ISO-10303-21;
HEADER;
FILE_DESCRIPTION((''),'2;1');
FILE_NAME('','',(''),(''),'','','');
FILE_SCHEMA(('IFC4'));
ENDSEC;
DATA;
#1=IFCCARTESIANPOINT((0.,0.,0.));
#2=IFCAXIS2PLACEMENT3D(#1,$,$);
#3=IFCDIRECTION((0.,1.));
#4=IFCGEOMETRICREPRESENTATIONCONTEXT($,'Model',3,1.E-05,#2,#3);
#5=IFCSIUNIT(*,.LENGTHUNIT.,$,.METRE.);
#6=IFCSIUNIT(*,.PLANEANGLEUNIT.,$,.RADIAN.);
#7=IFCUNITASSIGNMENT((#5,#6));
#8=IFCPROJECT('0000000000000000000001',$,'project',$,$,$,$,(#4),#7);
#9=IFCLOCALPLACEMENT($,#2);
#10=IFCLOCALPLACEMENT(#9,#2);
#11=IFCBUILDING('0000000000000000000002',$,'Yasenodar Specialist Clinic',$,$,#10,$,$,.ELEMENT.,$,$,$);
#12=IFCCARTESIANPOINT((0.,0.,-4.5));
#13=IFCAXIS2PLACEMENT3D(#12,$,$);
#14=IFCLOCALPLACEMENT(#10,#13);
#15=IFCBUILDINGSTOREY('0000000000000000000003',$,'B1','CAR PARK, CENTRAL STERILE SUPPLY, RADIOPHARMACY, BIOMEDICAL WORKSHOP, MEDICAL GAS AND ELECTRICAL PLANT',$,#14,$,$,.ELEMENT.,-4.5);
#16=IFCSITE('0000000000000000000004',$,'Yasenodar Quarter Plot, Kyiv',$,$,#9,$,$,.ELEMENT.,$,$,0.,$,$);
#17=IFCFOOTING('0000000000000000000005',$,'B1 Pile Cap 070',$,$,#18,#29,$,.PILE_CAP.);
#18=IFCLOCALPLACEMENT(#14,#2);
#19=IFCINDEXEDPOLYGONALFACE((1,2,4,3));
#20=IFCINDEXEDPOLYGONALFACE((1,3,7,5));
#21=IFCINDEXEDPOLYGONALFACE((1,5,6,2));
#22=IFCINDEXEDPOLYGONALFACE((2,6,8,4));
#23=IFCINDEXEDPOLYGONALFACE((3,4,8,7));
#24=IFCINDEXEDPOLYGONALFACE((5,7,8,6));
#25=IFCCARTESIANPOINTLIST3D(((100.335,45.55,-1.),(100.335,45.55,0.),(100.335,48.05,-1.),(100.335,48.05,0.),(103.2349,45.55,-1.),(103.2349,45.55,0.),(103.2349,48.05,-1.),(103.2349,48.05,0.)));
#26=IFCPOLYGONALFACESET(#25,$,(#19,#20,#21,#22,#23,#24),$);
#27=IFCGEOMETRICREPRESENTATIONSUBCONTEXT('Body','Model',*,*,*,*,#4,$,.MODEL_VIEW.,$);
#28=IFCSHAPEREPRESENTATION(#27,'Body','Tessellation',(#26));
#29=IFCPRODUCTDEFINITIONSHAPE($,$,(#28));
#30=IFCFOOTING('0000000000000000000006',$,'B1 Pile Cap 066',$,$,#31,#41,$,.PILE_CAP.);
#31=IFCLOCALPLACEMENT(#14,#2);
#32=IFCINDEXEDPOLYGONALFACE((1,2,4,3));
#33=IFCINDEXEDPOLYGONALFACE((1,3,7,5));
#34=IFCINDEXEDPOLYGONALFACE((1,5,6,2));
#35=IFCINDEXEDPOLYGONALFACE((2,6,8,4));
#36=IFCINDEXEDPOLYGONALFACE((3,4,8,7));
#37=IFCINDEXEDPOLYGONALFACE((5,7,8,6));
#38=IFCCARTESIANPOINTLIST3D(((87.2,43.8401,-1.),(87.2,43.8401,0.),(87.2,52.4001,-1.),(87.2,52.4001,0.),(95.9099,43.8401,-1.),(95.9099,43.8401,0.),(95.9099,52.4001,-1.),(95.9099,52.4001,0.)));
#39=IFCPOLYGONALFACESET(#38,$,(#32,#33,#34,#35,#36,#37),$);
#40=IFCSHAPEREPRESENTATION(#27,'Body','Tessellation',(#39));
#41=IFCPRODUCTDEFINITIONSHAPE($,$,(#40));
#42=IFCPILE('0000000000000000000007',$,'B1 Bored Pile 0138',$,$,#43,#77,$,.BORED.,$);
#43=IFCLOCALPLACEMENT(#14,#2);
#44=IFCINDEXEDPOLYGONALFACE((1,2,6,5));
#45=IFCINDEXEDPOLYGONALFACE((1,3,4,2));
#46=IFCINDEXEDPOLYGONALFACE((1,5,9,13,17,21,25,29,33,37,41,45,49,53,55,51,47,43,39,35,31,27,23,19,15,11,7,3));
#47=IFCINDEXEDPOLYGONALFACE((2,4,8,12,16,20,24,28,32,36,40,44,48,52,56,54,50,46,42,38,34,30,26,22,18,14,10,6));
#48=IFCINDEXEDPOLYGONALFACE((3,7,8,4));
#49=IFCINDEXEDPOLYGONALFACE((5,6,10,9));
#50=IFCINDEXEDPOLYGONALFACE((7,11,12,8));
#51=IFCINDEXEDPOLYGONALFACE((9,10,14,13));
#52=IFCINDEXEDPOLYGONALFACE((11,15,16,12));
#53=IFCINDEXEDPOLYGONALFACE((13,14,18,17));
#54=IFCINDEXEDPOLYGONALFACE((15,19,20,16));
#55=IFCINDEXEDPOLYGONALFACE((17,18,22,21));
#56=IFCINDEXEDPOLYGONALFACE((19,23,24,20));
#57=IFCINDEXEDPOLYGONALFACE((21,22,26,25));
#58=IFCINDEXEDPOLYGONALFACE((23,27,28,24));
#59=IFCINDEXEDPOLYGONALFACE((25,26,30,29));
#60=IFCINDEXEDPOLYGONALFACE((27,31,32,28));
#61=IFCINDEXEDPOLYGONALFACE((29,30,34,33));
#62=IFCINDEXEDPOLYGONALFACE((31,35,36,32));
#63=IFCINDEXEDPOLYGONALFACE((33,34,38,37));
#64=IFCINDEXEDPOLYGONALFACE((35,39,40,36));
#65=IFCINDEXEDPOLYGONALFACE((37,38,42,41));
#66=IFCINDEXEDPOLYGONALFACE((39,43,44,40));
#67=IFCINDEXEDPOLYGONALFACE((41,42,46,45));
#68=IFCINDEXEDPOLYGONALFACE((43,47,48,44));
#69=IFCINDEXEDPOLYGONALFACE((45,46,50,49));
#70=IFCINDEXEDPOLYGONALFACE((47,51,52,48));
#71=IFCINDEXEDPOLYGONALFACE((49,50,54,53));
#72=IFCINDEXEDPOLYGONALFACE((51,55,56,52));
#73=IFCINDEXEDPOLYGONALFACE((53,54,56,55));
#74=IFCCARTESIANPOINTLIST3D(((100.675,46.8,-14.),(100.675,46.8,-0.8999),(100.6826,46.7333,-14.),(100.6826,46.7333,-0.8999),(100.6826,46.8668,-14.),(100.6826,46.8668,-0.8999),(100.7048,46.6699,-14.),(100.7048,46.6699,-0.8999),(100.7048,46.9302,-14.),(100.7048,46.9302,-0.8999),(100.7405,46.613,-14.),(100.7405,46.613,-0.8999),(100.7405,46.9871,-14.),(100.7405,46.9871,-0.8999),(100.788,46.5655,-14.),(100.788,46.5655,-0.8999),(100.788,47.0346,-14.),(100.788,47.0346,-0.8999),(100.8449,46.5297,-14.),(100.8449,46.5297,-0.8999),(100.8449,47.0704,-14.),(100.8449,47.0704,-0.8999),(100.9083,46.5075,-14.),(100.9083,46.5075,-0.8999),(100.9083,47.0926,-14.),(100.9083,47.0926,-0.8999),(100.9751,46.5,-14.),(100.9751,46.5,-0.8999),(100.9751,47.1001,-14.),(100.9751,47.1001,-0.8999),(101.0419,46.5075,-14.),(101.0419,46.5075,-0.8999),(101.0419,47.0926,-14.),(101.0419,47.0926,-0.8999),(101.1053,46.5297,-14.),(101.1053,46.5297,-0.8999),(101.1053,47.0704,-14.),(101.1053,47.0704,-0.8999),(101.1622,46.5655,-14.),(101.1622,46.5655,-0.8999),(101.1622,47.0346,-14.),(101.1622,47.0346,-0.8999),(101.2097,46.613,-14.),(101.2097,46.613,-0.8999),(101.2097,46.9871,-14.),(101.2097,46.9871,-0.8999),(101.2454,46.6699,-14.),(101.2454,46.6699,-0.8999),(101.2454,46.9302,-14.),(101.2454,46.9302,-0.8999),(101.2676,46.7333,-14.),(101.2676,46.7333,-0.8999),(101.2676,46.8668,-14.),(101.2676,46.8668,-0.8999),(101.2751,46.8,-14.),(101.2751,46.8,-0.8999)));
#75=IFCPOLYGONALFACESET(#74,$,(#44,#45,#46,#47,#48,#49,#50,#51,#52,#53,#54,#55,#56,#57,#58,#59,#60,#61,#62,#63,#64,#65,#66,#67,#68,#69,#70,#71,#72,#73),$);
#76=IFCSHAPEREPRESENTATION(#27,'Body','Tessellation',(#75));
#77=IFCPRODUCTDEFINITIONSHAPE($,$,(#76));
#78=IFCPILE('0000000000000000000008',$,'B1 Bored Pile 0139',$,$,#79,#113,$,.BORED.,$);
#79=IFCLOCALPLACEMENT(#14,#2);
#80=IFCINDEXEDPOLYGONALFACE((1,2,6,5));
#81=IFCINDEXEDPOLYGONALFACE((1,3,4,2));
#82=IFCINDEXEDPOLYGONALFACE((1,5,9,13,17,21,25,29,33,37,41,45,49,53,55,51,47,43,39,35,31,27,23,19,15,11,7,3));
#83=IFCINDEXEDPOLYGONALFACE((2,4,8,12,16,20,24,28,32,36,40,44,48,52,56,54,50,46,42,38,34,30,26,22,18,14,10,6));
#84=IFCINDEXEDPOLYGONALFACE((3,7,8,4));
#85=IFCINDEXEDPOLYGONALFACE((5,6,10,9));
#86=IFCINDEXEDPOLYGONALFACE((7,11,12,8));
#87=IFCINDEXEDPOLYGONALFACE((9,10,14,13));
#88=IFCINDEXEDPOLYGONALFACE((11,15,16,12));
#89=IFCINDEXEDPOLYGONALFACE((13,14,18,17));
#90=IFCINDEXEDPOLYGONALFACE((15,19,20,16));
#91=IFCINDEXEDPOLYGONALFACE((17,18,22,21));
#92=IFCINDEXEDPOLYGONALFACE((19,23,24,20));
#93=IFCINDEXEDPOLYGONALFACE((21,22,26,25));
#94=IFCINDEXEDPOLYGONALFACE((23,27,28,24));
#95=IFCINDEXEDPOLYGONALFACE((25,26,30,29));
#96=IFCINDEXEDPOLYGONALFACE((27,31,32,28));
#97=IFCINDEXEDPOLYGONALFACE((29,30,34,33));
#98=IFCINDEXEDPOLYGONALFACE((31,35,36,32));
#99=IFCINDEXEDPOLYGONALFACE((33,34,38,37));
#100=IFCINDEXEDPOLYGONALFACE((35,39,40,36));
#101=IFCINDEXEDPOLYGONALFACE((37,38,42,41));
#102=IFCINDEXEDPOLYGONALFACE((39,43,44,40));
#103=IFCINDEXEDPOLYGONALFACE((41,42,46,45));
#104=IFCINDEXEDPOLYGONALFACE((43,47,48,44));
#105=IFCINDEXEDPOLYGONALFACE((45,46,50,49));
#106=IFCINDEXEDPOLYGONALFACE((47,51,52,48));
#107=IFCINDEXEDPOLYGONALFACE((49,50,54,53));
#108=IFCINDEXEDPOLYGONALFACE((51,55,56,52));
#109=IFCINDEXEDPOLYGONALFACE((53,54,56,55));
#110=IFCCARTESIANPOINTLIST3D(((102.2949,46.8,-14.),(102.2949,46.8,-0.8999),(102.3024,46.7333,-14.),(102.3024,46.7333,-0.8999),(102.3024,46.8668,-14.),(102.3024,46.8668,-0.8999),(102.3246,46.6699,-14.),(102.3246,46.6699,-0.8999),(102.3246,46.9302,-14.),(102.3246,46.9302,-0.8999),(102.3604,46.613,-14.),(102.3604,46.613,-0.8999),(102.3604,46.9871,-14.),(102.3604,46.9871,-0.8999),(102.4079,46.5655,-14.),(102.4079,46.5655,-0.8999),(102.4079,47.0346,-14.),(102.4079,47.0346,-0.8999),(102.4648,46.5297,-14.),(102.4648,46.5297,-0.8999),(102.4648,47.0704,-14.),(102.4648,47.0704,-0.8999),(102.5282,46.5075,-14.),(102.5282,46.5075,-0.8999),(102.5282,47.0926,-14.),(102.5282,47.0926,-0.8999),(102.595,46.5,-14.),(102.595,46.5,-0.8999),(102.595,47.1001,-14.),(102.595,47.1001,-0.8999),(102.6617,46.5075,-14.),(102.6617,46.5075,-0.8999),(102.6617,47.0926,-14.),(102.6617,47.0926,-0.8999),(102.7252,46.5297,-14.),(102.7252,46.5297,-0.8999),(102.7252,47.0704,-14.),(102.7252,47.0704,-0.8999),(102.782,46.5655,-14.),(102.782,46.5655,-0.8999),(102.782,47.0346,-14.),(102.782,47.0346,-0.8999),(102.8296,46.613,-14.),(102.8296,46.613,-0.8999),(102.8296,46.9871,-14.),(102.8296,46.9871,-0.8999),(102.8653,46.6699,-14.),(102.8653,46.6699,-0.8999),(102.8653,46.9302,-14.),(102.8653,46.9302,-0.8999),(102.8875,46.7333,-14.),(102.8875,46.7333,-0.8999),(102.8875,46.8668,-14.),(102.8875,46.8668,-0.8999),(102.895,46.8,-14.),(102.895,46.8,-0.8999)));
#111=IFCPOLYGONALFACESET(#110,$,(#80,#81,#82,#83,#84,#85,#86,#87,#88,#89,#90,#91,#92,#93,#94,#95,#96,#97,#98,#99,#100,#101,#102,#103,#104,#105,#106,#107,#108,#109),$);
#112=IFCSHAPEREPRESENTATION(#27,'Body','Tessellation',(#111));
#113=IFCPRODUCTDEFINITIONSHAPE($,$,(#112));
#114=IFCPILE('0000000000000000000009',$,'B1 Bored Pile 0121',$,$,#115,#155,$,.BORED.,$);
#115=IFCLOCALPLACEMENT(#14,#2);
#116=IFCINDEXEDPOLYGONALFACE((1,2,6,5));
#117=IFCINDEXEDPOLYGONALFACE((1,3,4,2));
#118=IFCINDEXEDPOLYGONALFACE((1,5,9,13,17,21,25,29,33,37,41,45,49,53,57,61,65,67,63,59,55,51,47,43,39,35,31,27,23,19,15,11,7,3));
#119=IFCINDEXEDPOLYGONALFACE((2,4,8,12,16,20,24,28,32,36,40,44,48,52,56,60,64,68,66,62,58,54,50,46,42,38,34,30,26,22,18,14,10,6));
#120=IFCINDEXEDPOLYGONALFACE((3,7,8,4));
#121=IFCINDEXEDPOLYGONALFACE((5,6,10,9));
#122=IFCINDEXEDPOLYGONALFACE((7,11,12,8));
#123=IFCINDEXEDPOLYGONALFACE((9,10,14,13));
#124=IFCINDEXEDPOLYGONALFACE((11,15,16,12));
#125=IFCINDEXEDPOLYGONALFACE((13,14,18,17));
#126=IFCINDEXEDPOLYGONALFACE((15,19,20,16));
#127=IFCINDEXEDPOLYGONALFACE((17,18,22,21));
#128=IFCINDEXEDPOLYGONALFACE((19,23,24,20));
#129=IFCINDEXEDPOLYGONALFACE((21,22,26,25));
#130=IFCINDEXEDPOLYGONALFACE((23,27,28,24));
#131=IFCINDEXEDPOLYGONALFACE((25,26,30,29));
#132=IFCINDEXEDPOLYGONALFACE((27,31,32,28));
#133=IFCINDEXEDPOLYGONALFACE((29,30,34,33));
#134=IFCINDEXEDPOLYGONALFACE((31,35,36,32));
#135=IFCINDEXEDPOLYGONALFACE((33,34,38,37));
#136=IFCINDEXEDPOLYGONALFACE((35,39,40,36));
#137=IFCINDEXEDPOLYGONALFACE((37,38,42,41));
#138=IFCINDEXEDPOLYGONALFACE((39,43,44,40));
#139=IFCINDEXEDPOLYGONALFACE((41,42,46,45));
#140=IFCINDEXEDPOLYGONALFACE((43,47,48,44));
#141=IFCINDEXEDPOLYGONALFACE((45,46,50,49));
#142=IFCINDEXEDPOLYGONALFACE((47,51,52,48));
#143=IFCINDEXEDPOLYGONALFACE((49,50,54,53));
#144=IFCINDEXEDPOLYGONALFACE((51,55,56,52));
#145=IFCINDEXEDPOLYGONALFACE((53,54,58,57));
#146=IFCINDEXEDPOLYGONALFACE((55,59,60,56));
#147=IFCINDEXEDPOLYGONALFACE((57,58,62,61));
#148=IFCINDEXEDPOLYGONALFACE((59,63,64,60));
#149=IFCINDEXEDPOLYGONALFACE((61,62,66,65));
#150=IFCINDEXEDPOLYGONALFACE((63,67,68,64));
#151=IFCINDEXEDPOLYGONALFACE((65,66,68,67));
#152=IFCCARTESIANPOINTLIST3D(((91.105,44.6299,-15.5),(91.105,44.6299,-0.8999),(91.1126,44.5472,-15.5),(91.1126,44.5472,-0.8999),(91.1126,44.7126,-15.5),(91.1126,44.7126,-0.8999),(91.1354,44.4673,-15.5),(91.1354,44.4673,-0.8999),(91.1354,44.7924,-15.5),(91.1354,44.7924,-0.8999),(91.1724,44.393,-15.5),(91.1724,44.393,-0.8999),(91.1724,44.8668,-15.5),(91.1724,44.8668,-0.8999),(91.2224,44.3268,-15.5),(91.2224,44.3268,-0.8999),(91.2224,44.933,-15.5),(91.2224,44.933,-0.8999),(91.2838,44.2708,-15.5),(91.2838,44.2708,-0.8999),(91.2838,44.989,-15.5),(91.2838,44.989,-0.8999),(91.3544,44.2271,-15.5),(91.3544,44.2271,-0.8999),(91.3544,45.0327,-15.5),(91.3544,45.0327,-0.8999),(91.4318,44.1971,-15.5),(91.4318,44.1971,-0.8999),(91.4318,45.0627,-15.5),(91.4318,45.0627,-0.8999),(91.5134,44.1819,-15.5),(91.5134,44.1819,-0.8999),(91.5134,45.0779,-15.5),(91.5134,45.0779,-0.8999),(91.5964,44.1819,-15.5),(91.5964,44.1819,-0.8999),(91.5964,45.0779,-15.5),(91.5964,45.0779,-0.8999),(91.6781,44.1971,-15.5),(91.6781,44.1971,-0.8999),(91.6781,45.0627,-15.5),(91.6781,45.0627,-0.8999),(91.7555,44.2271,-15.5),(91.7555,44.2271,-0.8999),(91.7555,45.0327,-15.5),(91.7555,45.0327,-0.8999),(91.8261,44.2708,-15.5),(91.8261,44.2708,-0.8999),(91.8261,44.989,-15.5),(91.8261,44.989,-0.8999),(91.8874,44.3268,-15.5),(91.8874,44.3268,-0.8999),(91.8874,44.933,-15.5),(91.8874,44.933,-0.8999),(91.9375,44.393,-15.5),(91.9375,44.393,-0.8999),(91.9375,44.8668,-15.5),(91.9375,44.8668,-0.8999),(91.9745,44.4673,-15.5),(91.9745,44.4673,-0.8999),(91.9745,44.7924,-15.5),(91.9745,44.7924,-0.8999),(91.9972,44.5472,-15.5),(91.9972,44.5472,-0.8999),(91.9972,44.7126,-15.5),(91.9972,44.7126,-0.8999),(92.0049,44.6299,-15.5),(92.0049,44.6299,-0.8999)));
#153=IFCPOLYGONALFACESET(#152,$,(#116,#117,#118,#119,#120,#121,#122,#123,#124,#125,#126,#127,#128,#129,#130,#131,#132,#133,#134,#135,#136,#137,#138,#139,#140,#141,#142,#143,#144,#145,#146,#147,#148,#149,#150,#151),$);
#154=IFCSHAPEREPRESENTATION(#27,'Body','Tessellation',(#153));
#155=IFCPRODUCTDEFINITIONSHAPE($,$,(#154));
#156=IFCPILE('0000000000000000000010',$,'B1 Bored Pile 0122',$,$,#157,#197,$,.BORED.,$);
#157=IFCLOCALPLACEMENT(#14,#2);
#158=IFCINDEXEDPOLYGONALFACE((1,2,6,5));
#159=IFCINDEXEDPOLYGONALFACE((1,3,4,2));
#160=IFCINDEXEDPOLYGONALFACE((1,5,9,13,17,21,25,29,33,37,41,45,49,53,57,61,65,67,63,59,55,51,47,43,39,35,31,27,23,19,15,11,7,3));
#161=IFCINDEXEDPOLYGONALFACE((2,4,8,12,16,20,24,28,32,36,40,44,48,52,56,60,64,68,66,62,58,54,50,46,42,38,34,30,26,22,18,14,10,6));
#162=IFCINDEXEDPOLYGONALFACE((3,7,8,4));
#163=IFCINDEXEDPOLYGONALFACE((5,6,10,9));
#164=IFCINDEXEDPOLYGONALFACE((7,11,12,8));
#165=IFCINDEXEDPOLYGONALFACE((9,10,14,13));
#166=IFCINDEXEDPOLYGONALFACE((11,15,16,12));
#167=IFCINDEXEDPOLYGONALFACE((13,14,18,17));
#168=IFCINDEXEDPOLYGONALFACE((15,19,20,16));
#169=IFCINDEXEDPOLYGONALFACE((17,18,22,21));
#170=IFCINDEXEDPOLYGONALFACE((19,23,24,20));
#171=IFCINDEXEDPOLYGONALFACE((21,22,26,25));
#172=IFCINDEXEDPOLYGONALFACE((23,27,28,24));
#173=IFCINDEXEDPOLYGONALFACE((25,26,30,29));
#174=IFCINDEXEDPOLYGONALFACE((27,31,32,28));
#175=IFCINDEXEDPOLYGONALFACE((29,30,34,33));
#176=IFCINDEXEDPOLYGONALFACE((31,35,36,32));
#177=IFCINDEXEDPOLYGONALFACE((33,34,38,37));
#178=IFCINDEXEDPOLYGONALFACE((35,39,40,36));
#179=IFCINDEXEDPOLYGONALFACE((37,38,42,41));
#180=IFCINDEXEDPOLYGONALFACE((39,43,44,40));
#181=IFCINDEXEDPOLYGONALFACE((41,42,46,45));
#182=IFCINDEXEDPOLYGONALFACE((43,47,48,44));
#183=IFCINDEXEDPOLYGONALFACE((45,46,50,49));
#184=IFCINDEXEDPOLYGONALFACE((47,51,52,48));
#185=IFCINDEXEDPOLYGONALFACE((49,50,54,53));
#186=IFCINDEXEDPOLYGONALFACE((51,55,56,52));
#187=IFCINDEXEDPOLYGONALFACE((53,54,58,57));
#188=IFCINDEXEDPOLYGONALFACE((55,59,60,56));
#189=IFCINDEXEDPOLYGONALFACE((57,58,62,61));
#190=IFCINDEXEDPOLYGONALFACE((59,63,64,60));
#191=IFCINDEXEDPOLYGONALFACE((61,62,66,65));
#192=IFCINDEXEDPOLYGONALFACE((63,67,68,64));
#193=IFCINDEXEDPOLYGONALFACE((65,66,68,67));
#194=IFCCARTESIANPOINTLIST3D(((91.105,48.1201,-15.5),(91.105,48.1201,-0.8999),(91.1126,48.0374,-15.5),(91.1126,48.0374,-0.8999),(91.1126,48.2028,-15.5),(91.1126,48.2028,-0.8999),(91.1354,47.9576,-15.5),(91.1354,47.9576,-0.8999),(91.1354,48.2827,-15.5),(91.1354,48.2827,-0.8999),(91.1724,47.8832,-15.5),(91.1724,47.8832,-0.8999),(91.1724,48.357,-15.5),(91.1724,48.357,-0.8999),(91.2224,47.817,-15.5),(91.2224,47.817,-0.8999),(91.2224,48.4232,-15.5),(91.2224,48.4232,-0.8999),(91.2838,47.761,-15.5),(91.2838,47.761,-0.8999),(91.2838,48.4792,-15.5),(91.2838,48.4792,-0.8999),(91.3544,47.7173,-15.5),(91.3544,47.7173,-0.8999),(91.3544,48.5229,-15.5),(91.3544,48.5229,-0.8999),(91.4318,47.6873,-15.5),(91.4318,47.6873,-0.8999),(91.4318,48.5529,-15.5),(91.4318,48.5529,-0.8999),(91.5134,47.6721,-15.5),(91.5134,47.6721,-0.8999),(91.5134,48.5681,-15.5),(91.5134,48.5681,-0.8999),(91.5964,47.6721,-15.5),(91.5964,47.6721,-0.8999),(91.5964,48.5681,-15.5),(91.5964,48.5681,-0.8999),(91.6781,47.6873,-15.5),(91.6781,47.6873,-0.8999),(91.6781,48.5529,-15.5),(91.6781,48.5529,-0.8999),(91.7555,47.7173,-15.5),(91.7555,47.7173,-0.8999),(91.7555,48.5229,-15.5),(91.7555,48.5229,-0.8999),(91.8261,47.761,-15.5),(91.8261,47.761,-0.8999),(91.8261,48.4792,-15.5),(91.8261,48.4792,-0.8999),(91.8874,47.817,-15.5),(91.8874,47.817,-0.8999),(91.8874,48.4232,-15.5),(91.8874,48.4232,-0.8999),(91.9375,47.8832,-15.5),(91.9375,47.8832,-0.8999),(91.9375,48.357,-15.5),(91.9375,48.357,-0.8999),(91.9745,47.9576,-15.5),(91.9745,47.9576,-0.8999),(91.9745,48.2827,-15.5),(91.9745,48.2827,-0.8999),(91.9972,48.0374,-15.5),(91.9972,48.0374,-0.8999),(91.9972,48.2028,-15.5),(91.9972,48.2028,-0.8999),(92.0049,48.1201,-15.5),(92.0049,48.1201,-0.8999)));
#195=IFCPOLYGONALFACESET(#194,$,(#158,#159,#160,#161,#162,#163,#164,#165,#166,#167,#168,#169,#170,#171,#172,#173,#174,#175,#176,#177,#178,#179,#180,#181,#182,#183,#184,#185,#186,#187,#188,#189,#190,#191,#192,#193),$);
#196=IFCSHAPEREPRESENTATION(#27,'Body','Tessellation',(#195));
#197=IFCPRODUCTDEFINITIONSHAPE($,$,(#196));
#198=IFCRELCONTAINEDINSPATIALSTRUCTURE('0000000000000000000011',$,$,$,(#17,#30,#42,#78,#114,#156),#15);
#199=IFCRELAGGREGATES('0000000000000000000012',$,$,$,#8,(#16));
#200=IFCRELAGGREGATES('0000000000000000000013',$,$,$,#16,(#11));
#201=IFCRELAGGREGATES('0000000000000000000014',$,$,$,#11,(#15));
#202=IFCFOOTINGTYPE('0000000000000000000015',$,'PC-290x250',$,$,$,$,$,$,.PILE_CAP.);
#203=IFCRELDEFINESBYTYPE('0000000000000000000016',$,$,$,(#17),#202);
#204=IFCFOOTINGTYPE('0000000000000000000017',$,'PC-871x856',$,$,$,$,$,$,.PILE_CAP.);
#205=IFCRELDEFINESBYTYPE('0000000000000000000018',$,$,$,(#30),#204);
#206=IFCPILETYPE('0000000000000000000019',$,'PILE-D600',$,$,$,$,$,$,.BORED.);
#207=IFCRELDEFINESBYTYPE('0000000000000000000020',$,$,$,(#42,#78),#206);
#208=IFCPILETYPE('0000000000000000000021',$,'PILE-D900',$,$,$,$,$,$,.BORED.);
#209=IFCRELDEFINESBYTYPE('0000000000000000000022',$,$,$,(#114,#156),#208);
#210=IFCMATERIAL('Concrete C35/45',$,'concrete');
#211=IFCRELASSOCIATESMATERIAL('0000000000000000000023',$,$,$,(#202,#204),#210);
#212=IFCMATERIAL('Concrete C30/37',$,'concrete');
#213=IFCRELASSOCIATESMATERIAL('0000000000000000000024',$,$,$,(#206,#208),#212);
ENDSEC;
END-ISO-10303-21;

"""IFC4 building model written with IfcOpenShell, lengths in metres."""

from ifc_helpers import new_model, si_unit, direction, frame, origin, origin_2d, place, context, subcontext, project, spatial, rectangle, circle, extrude, material, material_profile, profile_set, type_object, element, save


model = new_model("IFC4")

# Units and contexts
model_context = context("Model", 3, precision=1e-05, world=origin(), true_north=direction((0.0, 1.0)))
body_context = subcontext(model_context, "Body", "Model", "MODEL_VIEW")
ifc_project = project(units=[si_unit("LENGTHUNIT", "METRE"), si_unit("PLANEANGLEUNIT", "RADIAN")], contexts=[model_context])

# Site, building, storey
site_placement = place(None, origin())
site = spatial("IfcSite", under=ifc_project, at=site_placement, Name="Yasenodar Quarter Plot, Kyiv", CompositionType="ELEMENT", RefElevation=0.0)
building_placement = place(site_placement, origin())
building = spatial("IfcBuilding", under=site, at=building_placement, Name="Yasenodar Specialist Clinic", CompositionType="ELEMENT")
storey_placement = place(building_placement, frame((0.0, 0.0, -4.5)))
storey = spatial("IfcBuildingStorey", under=building, at=storey_placement, Name="B1", Description="CAR PARK, CENTRAL STERILE SUPPLY, RADIOPHARMACY, BIOMEDICAL WORKSHOP, MEDICAL GAS AND ELECTRICAL PLANT", CompositionType="ELEMENT", Elevation=-4.5)

# Footings
ifc_material_1 = material(Name="Concrete C35/45", Category="concrete")
footing_type_1 = type_object("IfcFootingType", Name="PC-290x250", PredefinedType="PILE_CAP", material=ifc_material_1)
footing_1_placement = place(storey_placement, frame((101.7849, 46.8, -1.0), z_axis=(0.0, 0.0, 1.0), x_axis=(1.0, 0.0, 0.0)))
element("IfcFooting", 1, at=footing_1_placement, inside=storey, type_object=footing_type_1, Name="B1 Pile Cap 070", PredefinedType="PILE_CAP", context=body_context, shape_type="SweptSolid", body=[
    extrude(rectangle(XDim=2.8999, YDim=2.5, at=origin_2d()), origin(), (0.0, 0.0, 1.0), 1.0),
])
footing_type_2 = type_object("IfcFootingType", Name="PC-871x856", PredefinedType="PILE_CAP", material=ifc_material_1)
footing_2_placement = place(storey_placement, frame((91.5549, 48.1201, -1.0), z_axis=(0.0, 0.0, 1.0), x_axis=(1.0, 0.0, 0.0)))
element("IfcFooting", 2, at=footing_2_placement, inside=storey, type_object=footing_type_2, Name="B1 Pile Cap 066", PredefinedType="PILE_CAP", context=body_context, shape_type="SweptSolid", body=[
    extrude(rectangle(XDim=8.71, YDim=8.5601, at=origin_2d()), origin(), (0.0, 0.0, 1.0), 1.0),
])

# Piles
ifc_material_2 = material(Name="Concrete C30/37", Category="concrete")
ifc_material_profile_1 = material_profile(ifc_material_2, circle(Radius=0.3, at=origin_2d()), Name="PILE D600")
ifc_profile_set_1 = profile_set([ifc_material_profile_1], Name="Concrete C30/37")
pile_type_1 = type_object("IfcPileType", Name="PILE-D600", PredefinedType="BORED", material=ifc_profile_set_1)
for number, where, z_axis, x_axis, name in (
    (3, (100.9751, 46.8, -0.8999), (0.0, 0.0, -1.0), (1.0, 0.0, 0.0), "B1 Bored Pile 0138"),
    (4, (102.595, 46.8, -0.8999), (0.0, 0.0, -1.0), (1.0, 0.0, 0.0), "B1 Bored Pile 0139"),
):
    element("IfcPile", number, at=place(storey_placement, frame(where, z_axis=z_axis, x_axis=x_axis)), inside=storey, type_object=pile_type_1, Name=name, PredefinedType="BORED", context=body_context, shape_type="SweptSolid", body=[
        extrude(circle(Radius=0.3, at=origin_2d()), origin(), (0.0, 0.0, 1.0), 13.1001),
    ])
ifc_material_profile_2 = material_profile(ifc_material_2, circle(Radius=0.45, at=origin_2d()), Name="PILE D900")
ifc_profile_set_2 = profile_set([ifc_material_profile_2], Name="Concrete C30/37")
pile_type_2 = type_object("IfcPileType", Name="PILE-D900", PredefinedType="BORED", material=ifc_profile_set_2)
for number, where, z_axis, x_axis, name in (
    (5, (91.5549, 44.6299, -0.8999), (0.0, 0.0, -1.0), (1.0, 0.0, 0.0), "B1 Bored Pile 0121"),
    (6, (91.5549, 48.1201, -0.8999), (0.0, 0.0, -1.0), (1.0, 0.0, 0.0), "B1 Bored Pile 0122"),
):
    element("IfcPile", number, at=place(storey_placement, frame(where, z_axis=z_axis, x_axis=x_axis)), inside=storey, type_object=pile_type_2, Name=name, PredefinedType="BORED", context=body_context, shape_type="SweptSolid", body=[
        extrude(circle(Radius=0.45, at=origin_2d()), origin(), (0.0, 0.0, 1.0), 14.6001),
    ])

save(model, "model.ifc")
